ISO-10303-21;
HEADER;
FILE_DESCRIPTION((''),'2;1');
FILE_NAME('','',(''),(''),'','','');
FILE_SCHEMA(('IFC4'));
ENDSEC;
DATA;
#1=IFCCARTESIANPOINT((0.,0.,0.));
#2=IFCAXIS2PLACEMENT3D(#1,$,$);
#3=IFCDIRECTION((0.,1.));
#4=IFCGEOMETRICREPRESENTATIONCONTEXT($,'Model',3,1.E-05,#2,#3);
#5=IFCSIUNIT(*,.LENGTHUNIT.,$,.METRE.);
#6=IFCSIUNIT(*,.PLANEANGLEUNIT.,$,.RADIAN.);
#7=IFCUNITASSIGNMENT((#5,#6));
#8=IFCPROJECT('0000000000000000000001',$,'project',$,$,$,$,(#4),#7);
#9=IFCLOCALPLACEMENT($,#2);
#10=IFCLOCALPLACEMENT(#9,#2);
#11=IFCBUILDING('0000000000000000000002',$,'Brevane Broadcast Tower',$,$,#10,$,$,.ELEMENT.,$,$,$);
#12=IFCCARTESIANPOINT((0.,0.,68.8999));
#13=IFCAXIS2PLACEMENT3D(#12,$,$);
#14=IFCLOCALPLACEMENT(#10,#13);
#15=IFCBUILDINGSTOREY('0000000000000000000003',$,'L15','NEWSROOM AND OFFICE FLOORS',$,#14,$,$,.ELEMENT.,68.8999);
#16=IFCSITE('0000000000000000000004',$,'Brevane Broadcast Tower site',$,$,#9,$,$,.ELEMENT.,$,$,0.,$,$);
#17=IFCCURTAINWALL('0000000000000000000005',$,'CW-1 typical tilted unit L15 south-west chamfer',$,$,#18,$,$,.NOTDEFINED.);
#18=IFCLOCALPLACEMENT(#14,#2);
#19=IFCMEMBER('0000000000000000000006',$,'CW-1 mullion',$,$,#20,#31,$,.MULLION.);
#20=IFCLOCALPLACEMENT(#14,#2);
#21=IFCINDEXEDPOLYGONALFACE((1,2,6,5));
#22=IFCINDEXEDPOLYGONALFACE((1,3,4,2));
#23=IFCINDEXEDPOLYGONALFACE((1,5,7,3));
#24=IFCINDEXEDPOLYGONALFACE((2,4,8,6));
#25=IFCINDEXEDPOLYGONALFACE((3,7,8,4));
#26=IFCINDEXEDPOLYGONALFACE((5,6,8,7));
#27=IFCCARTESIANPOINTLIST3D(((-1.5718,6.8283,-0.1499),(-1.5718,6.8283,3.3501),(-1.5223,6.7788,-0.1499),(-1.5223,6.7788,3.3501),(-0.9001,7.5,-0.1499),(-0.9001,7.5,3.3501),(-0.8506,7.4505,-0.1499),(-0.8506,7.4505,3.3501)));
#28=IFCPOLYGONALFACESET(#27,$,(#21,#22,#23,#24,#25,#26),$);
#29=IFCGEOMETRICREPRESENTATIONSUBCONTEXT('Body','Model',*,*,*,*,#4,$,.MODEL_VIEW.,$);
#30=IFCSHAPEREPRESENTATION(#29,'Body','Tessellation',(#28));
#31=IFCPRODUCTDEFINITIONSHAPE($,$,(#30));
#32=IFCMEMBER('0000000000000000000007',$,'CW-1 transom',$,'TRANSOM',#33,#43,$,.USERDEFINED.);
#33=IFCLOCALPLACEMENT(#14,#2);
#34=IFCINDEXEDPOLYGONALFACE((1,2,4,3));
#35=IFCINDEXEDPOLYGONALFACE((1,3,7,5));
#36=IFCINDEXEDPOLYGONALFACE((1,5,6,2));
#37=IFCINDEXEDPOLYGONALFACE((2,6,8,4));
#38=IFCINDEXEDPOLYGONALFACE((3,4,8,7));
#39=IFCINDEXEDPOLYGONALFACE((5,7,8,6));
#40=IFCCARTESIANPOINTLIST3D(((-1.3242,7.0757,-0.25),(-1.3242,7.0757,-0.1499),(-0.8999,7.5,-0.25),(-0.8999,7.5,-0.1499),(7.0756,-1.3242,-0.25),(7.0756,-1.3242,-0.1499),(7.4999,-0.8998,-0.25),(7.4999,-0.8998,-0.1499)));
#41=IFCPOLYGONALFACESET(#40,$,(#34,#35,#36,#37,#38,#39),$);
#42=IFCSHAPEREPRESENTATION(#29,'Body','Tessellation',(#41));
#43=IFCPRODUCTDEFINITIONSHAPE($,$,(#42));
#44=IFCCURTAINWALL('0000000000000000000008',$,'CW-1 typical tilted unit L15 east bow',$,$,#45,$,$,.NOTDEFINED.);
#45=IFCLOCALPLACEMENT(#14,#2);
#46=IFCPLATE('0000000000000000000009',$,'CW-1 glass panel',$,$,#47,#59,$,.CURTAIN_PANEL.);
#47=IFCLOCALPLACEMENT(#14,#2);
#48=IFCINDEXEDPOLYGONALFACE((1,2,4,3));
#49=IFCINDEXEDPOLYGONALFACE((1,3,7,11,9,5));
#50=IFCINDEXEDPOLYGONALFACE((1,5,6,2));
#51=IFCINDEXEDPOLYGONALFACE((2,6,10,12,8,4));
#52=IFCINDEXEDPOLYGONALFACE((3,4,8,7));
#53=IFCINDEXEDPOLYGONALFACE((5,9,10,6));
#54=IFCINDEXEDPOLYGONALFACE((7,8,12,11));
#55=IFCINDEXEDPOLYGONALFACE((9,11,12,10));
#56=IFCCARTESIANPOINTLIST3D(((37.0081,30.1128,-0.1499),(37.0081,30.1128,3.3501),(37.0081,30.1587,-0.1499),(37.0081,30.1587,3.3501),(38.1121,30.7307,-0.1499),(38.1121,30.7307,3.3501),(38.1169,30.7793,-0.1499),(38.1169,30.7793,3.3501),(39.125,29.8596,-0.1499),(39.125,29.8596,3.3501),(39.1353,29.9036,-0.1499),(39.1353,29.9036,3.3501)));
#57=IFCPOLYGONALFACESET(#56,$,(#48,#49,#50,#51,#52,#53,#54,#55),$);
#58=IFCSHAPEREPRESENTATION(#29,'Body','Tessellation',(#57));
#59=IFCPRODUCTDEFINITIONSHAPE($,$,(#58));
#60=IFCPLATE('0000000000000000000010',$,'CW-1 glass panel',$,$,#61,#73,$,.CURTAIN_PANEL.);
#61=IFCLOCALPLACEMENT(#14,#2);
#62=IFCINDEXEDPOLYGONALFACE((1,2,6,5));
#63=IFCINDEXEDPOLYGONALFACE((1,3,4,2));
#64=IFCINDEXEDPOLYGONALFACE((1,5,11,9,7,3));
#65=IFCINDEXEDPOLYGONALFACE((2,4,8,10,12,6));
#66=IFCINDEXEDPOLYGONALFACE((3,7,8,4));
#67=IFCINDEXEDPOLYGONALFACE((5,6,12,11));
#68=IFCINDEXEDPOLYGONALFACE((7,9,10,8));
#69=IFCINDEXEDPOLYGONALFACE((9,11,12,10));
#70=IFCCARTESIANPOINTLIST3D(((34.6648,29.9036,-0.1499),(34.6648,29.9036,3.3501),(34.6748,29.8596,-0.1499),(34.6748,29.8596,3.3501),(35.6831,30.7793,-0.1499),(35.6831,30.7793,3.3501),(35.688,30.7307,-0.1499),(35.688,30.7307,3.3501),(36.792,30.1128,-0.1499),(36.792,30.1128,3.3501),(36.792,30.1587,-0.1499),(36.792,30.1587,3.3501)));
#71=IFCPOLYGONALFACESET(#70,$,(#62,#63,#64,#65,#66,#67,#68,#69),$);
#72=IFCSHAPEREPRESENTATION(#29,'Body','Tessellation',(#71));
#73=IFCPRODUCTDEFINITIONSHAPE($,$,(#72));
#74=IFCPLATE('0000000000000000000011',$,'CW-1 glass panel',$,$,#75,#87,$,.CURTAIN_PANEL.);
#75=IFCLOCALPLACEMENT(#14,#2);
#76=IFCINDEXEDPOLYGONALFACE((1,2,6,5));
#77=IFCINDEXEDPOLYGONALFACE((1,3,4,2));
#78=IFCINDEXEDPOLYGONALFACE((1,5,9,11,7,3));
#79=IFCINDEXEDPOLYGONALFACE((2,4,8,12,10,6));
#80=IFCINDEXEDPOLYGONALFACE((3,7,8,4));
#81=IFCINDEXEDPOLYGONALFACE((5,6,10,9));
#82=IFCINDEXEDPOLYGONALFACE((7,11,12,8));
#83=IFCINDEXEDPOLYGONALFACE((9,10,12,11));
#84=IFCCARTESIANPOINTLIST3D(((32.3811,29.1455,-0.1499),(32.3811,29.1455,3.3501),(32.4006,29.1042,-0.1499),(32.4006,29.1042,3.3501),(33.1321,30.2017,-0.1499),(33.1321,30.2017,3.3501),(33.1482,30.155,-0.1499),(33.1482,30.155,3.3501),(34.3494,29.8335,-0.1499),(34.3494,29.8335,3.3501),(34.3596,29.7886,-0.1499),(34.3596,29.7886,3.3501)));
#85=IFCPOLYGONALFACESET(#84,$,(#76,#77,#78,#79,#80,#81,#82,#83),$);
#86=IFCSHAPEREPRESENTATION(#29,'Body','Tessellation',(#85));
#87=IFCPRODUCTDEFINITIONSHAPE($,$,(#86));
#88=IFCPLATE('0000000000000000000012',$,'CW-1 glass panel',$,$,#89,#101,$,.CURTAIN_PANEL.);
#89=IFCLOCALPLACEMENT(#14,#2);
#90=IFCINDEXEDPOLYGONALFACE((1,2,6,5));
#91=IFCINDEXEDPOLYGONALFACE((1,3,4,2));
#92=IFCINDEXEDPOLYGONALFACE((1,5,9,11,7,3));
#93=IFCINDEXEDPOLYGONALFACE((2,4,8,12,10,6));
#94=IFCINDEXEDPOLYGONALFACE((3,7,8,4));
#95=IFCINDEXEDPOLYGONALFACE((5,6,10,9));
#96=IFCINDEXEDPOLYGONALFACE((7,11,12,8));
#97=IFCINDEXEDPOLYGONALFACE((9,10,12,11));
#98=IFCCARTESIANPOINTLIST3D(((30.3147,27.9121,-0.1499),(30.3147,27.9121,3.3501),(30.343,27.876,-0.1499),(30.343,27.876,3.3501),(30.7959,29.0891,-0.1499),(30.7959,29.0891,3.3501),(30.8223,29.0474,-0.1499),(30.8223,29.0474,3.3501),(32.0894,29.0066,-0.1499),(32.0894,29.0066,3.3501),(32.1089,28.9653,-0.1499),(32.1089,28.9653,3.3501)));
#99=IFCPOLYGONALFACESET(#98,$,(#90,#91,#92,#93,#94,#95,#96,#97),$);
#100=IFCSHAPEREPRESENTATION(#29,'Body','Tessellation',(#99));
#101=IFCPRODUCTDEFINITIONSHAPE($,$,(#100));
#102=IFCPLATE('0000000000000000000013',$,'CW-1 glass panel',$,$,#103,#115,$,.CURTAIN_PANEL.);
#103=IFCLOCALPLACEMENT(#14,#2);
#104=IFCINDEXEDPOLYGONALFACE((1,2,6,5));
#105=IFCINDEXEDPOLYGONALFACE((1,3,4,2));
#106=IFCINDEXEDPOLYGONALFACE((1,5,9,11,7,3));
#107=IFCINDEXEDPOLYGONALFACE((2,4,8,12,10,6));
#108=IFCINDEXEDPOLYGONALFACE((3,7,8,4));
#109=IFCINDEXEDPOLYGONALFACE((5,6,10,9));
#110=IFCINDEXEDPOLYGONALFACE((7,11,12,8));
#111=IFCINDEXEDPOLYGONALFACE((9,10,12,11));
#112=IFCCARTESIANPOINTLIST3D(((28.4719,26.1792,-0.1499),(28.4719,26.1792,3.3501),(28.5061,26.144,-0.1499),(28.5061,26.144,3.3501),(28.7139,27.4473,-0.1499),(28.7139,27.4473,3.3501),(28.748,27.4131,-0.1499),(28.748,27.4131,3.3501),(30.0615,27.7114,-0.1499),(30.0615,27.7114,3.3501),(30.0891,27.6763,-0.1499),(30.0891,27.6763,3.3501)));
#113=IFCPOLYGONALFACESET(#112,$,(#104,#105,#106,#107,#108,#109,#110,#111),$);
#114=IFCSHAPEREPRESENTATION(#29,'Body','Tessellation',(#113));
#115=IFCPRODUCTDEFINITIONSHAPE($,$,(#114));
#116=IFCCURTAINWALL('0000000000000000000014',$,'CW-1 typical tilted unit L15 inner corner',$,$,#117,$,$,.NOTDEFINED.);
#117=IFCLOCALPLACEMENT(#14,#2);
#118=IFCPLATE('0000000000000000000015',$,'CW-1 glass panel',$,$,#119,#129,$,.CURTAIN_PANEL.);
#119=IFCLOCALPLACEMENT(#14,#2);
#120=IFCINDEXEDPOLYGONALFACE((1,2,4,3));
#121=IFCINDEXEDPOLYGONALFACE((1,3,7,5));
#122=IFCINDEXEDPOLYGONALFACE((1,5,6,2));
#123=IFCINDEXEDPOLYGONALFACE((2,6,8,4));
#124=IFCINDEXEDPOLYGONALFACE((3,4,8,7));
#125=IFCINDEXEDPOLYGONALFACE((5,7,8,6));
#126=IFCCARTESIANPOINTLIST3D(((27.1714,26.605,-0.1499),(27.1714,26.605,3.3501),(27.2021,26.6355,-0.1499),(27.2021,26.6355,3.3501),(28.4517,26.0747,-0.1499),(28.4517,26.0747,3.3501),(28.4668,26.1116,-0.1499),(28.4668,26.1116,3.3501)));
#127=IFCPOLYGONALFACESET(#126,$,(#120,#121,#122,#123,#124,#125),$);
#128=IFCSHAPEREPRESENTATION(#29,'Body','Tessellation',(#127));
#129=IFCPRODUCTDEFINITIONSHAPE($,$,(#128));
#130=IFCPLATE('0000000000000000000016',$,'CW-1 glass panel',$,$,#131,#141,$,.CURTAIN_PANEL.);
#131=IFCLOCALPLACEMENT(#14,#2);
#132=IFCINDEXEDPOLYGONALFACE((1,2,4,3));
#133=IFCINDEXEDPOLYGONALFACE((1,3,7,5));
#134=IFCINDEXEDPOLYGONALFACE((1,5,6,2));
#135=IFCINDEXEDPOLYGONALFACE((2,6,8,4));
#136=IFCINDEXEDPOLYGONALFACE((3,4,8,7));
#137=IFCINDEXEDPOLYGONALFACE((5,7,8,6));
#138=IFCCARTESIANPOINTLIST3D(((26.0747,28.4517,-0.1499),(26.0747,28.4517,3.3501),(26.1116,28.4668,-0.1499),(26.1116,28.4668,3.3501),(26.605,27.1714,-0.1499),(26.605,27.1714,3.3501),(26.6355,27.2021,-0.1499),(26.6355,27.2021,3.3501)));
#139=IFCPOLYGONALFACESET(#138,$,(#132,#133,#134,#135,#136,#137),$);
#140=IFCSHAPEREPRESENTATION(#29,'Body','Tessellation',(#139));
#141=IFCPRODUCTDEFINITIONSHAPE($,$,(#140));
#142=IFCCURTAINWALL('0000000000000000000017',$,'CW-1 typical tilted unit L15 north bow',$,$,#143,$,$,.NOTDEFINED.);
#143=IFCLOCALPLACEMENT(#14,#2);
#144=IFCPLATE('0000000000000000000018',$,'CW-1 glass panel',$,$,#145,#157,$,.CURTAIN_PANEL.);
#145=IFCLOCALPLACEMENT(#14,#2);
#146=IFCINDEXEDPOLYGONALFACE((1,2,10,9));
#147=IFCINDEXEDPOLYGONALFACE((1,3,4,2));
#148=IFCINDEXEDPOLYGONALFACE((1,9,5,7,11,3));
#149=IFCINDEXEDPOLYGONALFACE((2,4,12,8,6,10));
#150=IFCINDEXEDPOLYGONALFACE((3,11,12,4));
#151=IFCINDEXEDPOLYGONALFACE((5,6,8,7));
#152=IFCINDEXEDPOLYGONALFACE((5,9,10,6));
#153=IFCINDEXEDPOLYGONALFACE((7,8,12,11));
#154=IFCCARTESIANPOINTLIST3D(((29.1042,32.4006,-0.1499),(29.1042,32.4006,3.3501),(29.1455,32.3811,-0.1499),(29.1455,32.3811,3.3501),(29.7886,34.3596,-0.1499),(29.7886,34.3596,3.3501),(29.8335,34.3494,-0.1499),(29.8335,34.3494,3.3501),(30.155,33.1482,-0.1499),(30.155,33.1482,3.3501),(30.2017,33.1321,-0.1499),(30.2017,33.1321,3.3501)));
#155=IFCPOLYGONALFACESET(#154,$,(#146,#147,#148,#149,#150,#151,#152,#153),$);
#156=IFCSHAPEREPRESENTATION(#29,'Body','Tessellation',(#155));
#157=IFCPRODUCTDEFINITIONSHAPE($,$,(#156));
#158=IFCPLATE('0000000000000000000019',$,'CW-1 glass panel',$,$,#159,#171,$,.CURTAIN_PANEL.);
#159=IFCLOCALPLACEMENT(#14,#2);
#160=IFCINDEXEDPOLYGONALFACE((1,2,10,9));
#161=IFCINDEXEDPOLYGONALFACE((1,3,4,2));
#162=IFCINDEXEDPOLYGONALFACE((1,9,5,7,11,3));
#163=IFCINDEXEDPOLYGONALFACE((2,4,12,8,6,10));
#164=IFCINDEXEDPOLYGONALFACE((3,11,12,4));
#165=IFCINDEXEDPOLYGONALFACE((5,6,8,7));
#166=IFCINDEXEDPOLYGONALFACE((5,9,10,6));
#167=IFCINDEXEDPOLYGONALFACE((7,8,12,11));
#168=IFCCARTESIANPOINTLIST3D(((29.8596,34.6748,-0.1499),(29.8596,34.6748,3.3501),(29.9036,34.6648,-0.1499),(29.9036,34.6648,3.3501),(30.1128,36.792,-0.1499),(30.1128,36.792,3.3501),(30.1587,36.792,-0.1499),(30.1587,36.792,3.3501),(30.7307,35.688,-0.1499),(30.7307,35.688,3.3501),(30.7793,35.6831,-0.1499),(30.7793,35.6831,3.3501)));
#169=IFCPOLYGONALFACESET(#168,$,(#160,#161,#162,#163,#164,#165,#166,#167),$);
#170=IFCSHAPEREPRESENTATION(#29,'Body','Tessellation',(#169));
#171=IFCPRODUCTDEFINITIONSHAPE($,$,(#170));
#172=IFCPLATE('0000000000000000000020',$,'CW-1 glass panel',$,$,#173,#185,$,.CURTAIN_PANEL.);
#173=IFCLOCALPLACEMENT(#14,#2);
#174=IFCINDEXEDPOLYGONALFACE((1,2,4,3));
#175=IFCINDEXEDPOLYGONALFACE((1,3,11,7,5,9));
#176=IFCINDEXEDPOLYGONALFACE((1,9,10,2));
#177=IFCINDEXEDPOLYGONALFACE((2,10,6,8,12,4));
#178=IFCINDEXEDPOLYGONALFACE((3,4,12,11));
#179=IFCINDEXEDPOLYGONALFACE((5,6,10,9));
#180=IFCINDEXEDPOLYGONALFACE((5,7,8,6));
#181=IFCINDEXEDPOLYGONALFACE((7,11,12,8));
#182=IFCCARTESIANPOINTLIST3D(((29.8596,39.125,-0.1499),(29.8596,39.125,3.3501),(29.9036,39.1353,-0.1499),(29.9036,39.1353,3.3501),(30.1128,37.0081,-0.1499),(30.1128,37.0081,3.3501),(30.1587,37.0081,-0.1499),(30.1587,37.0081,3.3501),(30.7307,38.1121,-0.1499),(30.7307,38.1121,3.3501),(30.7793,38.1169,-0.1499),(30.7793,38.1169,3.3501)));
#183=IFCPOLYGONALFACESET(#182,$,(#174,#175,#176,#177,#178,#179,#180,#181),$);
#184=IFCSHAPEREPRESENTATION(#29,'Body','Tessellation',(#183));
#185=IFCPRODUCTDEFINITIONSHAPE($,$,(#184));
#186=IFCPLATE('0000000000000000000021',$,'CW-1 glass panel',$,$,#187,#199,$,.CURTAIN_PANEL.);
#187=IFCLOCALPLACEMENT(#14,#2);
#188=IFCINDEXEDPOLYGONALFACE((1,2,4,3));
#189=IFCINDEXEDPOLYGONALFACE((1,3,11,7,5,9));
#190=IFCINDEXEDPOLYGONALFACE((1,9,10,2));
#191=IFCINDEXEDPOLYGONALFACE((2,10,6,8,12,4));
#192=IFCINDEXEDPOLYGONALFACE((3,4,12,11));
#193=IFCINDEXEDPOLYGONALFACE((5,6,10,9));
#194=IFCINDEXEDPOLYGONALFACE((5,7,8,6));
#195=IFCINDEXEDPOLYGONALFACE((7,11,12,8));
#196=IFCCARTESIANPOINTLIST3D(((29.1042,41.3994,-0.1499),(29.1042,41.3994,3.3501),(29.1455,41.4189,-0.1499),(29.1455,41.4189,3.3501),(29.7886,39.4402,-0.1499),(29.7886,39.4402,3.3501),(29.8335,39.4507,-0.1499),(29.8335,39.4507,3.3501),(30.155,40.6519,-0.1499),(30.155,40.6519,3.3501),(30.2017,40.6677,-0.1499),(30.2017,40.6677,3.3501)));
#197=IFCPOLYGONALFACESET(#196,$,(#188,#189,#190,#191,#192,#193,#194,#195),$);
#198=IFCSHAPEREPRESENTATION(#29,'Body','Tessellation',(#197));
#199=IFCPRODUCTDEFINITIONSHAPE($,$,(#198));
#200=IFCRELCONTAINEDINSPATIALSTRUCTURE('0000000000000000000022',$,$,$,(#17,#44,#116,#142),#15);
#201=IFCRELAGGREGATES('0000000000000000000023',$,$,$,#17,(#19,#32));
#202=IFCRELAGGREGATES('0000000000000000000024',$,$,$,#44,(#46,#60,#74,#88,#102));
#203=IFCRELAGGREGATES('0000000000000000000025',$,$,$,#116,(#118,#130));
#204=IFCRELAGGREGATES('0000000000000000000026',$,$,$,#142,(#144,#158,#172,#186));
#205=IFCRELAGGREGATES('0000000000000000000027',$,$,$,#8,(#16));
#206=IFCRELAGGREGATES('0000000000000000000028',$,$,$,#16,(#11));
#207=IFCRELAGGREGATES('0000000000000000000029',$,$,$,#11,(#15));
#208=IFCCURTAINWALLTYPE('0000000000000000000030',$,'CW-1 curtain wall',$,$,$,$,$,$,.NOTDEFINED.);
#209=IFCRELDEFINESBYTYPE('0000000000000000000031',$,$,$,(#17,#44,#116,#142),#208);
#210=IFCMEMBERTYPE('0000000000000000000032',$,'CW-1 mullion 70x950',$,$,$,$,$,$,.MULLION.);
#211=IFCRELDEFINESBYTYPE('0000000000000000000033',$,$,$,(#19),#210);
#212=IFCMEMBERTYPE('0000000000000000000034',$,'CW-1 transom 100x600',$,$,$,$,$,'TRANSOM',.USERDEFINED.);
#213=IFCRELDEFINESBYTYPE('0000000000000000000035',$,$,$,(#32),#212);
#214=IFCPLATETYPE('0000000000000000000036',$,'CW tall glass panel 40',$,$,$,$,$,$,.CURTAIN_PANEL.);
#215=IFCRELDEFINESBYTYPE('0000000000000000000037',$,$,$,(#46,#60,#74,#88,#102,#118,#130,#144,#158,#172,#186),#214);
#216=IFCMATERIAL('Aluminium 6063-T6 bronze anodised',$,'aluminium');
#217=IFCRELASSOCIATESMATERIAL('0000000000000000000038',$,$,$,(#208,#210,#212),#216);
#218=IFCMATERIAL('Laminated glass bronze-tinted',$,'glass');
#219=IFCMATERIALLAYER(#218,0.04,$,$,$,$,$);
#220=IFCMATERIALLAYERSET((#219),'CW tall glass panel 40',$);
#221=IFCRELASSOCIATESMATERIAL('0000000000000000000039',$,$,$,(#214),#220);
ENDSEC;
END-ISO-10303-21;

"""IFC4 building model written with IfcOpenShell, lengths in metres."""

from ifc_helpers import new_model, si_unit, direction, frame, origin, origin_2d, place, context, subcontext, project, spatial, polyline, rectangle, outline, extrude, material, layer, layer_set, material_profile, profile_set, type_object, element, aggregate, save


model = new_model("IFC4")

# Units and contexts
model_context = context("Model", 3, precision=1e-05, world=origin(), true_north=direction((0.0, 1.0)))
body_context = subcontext(model_context, "Body", "Model", "MODEL_VIEW")
ifc_project = project(units=[si_unit("LENGTHUNIT", "METRE"), si_unit("PLANEANGLEUNIT", "RADIAN")], contexts=[model_context])

# Site, building, storey
site_placement = place(None, origin())
site = spatial("IfcSite", under=ifc_project, at=site_placement, Name="Brevane Broadcast Tower site", CompositionType="ELEMENT", RefElevation=0.0)
building_placement = place(site_placement, origin())
building = spatial("IfcBuilding", under=site, at=building_placement, Name="Brevane Broadcast Tower", CompositionType="ELEMENT")
storey_placement = place(building_placement, frame((0.0, 0.0, 68.8999)))
storey = spatial("IfcBuildingStorey", under=building, at=storey_placement, Name="L15", Description="NEWSROOM AND OFFICE FLOORS", CompositionType="ELEMENT", Elevation=68.8999)

# Curtain wall, members
ifc_material_1 = material(Name="Aluminium 6063-T6 bronze anodised", Category="aluminium")
curtain_wall_type = type_object("IfcCurtainWallType", Name="CW-1 curtain wall", PredefinedType="NOTDEFINED", material=ifc_material_1)
curtain_wall_1_placement = place(storey_placement, origin())
curtain_wall_1 = element("IfcCurtainWall", 1, at=curtain_wall_1_placement, inside=storey, type_object=curtain_wall_type, Name="CW-1 typical tilted unit L15 south-west chamfer", PredefinedType="NOTDEFINED")
ifc_material_profile_1 = material_profile(ifc_material_1, rectangle(XDim=0.95, YDim=0.0701, at=origin_2d()), Name="RECT 70x950")
ifc_profile_set_1 = profile_set([ifc_material_profile_1], Name="Aluminium 6063-T6 bronze anodised")
member_type_1 = type_object("IfcMemberType", Name="CW-1 mullion 70x950", PredefinedType="MULLION", material=ifc_profile_set_1)
member_1_placement = place(storey_placement, frame((-1.2112, 7.1394, -0.1499), z_axis=(0.0, 0.0, 1.0), x_axis=(0.707107, 0.707107, 0.0)))
member_1 = element("IfcMember", 2, at=member_1_placement, type_object=member_type_1, Name="CW-1 mullion", PredefinedType="MULLION", context=body_context, shape_type="SweptSolid", body=[
    extrude(rectangle(XDim=0.95, YDim=0.0701, at=origin_2d()), origin(), (0.0, 0.0, 1.0), 3.5),
])
ifc_material_profile_2 = material_profile(ifc_material_1, rectangle(XDim=0.6001, YDim=0.1001, at=origin_2d()), Name="RECT 100x600")
ifc_profile_set_2 = profile_set([ifc_material_profile_2], Name="Aluminium 6063-T6 bronze anodised")
member_type_2 = type_object("IfcMemberType", Name="CW-1 transom 100x600", ElementType="TRANSOM", PredefinedType="USERDEFINED", material=ifc_profile_set_2)
member_2_placement = place(storey_placement, frame((-1.1121, 7.2878, -0.2), z_axis=(0.707107, -0.707107, 0.0), x_axis=(0.707107, 0.707107, 0.0)))
member_2 = element("IfcMember", 3, at=member_2_placement, type_object=member_type_2, Name="CW-1 transom", ObjectType="TRANSOM", PredefinedType="USERDEFINED", context=body_context, shape_type="SweptSolid", body=[
    extrude(rectangle(XDim=0.6001, YDim=0.1001, at=origin_2d()), origin(), (0.0, 0.0, 1.0), 11.8792),
])
aggregate(curtain_wall_1, [member_1, member_2])

# Curtain walls, plates
curtain_wall_2_placement = place(storey_placement, origin())
curtain_wall_2 = element("IfcCurtainWall", 4, at=curtain_wall_2_placement, inside=storey, type_object=curtain_wall_type, Name="CW-1 typical tilted unit L15 east bow", PredefinedType="NOTDEFINED")
ifc_material_2 = material(Name="Laminated glass bronze-tinted", Category="glass")
ifc_layer_1 = layer(ifc_material_2, 0.04)
ifc_layer_set_1 = layer_set([ifc_layer_1], Name="CW tall glass panel 40")
plate_type = type_object("IfcPlateType", Name="CW tall glass panel 40", PredefinedType="CURTAIN_PANEL", material=ifc_layer_set_1)
plate_1_placement = place(storey_placement, frame((0.0, 0.0, -0.1499)))
plate_1 = element("IfcPlate", 5, at=plate_1_placement, type_object=plate_type, Name="CW-1 glass panel", PredefinedType="CURTAIN_PANEL", context=body_context, shape_type="SweptSolid", body=[
    extrude(outline(polyline([(39.125, 29.8596), (39.1353, 29.9036), (38.1169, 30.7793), (37.0081, 30.1587), (37.0081, 30.1128), (38.1121, 30.7307), (39.125, 29.8596)])), origin(), (0.0, 0.0, 1.0), 3.5),
])
plate_2_placement = place(storey_placement, frame((0.0, 0.0, -0.1499)))
plate_2 = element("IfcPlate", 6, at=plate_2_placement, type_object=plate_type, Name="CW-1 glass panel", PredefinedType="CURTAIN_PANEL", context=body_context, shape_type="SweptSolid", body=[
    extrude(outline(polyline([(36.792, 30.1128), (36.792, 30.1587), (35.6831, 30.7793), (34.6648, 29.9036), (34.6748, 29.8596), (35.688, 30.7307), (36.792, 30.1128)])), origin(), (0.0, 0.0, 1.0), 3.5),
])
plate_3_placement = place(storey_placement, frame((0.0, 0.0, -0.1499)))
plate_3 = element("IfcPlate", 7, at=plate_3_placement, type_object=plate_type, Name="CW-1 glass panel", PredefinedType="CURTAIN_PANEL", context=body_context, shape_type="SweptSolid", body=[
    extrude(outline(polyline([(34.3596, 29.7886), (34.3494, 29.8335), (33.1321, 30.2017), (32.3811, 29.1455), (32.4006, 29.1042), (33.1482, 30.155), (34.3596, 29.7886)])), origin(), (0.0, 0.0, 1.0), 3.5),
])
plate_4_placement = place(storey_placement, frame((0.0, 0.0, -0.1499)))
plate_4 = element("IfcPlate", 8, at=plate_4_placement, type_object=plate_type, Name="CW-1 glass panel", PredefinedType="CURTAIN_PANEL", context=body_context, shape_type="SweptSolid", body=[
    extrude(outline(polyline([(32.1089, 28.9653), (32.0894, 29.0066), (30.7959, 29.0891), (30.3147, 27.9121), (30.343, 27.876), (30.8223, 29.0474), (32.1089, 28.9653)])), origin(), (0.0, 0.0, 1.0), 3.5),
])
plate_5_placement = place(storey_placement, frame((0.0, 0.0, -0.1499)))
plate_5 = element("IfcPlate", 9, at=plate_5_placement, type_object=plate_type, Name="CW-1 glass panel", PredefinedType="CURTAIN_PANEL", context=body_context, shape_type="SweptSolid", body=[
    extrude(outline(polyline([(30.0891, 27.6763), (30.0615, 27.7114), (28.7139, 27.4473), (28.4719, 26.1792), (28.5061, 26.144), (28.748, 27.4131), (30.0891, 27.6763)])), origin(), (0.0, 0.0, 1.0), 3.5),
])
aggregate(curtain_wall_2, [plate_1, plate_2, plate_3, plate_4, plate_5])
curtain_wall_3_placement = place(storey_placement, origin())
curtain_wall_3 = element("IfcCurtainWall", 10, at=curtain_wall_3_placement, inside=storey, type_object=curtain_wall_type, Name="CW-1 typical tilted unit L15 inner corner", PredefinedType="NOTDEFINED")
plate_6_placement = place(storey_placement, frame((0.0, 0.0, -0.1499)))
plate_6 = element("IfcPlate", 11, at=plate_6_placement, type_object=plate_type, Name="CW-1 glass panel", PredefinedType="CURTAIN_PANEL", context=body_context, shape_type="SweptSolid", body=[
    extrude(outline(polyline([(28.4517, 26.0747), (28.4668, 26.1116), (27.2021, 26.6355), (27.1714, 26.605), (28.4517, 26.0747)])), origin(), (0.0, 0.0, 1.0), 3.5),
])
plate_7_placement = place(storey_placement, frame((0.0, 0.0, -0.1499)))
plate_7 = element("IfcPlate", 12, at=plate_7_placement, type_object=plate_type, Name="CW-1 glass panel", PredefinedType="CURTAIN_PANEL", context=body_context, shape_type="SweptSolid", body=[
    extrude(outline(polyline([(26.605, 27.1714), (26.6355, 27.2021), (26.1116, 28.4668), (26.0747, 28.4517), (26.605, 27.1714)])), origin(), (0.0, 0.0, 1.0), 3.5),
])
aggregate(curtain_wall_3, [plate_6, plate_7])
curtain_wall_4_placement = place(storey_placement, origin())
curtain_wall_4 = element("IfcCurtainWall", 13, at=curtain_wall_4_placement, inside=storey, type_object=curtain_wall_type, Name="CW-1 typical tilted unit L15 north bow", PredefinedType="NOTDEFINED")
plate_8_placement = place(storey_placement, frame((0.0, 0.0, -0.1499)))
plate_8 = element("IfcPlate", 14, at=plate_8_placement, type_object=plate_type, Name="CW-1 glass panel", PredefinedType="CURTAIN_PANEL", context=body_context, shape_type="SweptSolid", body=[
    extrude(outline(polyline([(29.1042, 32.4006), (29.1455, 32.3811), (30.2017, 33.1321), (29.8335, 34.3494), (29.7886, 34.3596), (30.155, 33.1482), (29.1042, 32.4006)])), origin(), (0.0, 0.0, 1.0), 3.5),
])
plate_9_placement = place(storey_placement, frame((0.0, 0.0, -0.1499)))
plate_9 = element("IfcPlate", 15, at=plate_9_placement, type_object=plate_type, Name="CW-1 glass panel", PredefinedType="CURTAIN_PANEL", context=body_context, shape_type="SweptSolid", body=[
    extrude(outline(polyline([(29.8596, 34.6748), (29.9036, 34.6648), (30.7793, 35.6831), (30.1587, 36.792), (30.1128, 36.792), (30.7307, 35.688), (29.8596, 34.6748)])), origin(), (0.0, 0.0, 1.0), 3.5),
])
plate_10_placement = place(storey_placement, frame((0.0, 0.0, -0.1499)))
plate_10 = element("IfcPlate", 16, at=plate_10_placement, type_object=plate_type, Name="CW-1 glass panel", PredefinedType="CURTAIN_PANEL", context=body_context, shape_type="SweptSolid", body=[
    extrude(outline(polyline([(30.1128, 37.0081), (30.1587, 37.0081), (30.7793, 38.1169), (29.9036, 39.1353), (29.8596, 39.125), (30.7307, 38.1121), (30.1128, 37.0081)])), origin(), (0.0, 0.0, 1.0), 3.5),
])
plate_11_placement = place(storey_placement, frame((0.0, 0.0, -0.1499)))
plate_11 = element("IfcPlate", 17, at=plate_11_placement, type_object=plate_type, Name="CW-1 glass panel", PredefinedType="CURTAIN_PANEL", context=body_context, shape_type="SweptSolid", body=[
    extrude(outline(polyline([(29.7886, 39.4402), (29.8335, 39.4507), (30.2017, 40.6677), (29.1455, 41.4189), (29.1042, 41.3994), (30.155, 40.6519), (29.7886, 39.4402)])), origin(), (0.0, 0.0, 1.0), 3.5),
])

aggregate(curtain_wall_4, [plate_8, plate_9, plate_10, plate_11])

save(model, "model.ifc")
